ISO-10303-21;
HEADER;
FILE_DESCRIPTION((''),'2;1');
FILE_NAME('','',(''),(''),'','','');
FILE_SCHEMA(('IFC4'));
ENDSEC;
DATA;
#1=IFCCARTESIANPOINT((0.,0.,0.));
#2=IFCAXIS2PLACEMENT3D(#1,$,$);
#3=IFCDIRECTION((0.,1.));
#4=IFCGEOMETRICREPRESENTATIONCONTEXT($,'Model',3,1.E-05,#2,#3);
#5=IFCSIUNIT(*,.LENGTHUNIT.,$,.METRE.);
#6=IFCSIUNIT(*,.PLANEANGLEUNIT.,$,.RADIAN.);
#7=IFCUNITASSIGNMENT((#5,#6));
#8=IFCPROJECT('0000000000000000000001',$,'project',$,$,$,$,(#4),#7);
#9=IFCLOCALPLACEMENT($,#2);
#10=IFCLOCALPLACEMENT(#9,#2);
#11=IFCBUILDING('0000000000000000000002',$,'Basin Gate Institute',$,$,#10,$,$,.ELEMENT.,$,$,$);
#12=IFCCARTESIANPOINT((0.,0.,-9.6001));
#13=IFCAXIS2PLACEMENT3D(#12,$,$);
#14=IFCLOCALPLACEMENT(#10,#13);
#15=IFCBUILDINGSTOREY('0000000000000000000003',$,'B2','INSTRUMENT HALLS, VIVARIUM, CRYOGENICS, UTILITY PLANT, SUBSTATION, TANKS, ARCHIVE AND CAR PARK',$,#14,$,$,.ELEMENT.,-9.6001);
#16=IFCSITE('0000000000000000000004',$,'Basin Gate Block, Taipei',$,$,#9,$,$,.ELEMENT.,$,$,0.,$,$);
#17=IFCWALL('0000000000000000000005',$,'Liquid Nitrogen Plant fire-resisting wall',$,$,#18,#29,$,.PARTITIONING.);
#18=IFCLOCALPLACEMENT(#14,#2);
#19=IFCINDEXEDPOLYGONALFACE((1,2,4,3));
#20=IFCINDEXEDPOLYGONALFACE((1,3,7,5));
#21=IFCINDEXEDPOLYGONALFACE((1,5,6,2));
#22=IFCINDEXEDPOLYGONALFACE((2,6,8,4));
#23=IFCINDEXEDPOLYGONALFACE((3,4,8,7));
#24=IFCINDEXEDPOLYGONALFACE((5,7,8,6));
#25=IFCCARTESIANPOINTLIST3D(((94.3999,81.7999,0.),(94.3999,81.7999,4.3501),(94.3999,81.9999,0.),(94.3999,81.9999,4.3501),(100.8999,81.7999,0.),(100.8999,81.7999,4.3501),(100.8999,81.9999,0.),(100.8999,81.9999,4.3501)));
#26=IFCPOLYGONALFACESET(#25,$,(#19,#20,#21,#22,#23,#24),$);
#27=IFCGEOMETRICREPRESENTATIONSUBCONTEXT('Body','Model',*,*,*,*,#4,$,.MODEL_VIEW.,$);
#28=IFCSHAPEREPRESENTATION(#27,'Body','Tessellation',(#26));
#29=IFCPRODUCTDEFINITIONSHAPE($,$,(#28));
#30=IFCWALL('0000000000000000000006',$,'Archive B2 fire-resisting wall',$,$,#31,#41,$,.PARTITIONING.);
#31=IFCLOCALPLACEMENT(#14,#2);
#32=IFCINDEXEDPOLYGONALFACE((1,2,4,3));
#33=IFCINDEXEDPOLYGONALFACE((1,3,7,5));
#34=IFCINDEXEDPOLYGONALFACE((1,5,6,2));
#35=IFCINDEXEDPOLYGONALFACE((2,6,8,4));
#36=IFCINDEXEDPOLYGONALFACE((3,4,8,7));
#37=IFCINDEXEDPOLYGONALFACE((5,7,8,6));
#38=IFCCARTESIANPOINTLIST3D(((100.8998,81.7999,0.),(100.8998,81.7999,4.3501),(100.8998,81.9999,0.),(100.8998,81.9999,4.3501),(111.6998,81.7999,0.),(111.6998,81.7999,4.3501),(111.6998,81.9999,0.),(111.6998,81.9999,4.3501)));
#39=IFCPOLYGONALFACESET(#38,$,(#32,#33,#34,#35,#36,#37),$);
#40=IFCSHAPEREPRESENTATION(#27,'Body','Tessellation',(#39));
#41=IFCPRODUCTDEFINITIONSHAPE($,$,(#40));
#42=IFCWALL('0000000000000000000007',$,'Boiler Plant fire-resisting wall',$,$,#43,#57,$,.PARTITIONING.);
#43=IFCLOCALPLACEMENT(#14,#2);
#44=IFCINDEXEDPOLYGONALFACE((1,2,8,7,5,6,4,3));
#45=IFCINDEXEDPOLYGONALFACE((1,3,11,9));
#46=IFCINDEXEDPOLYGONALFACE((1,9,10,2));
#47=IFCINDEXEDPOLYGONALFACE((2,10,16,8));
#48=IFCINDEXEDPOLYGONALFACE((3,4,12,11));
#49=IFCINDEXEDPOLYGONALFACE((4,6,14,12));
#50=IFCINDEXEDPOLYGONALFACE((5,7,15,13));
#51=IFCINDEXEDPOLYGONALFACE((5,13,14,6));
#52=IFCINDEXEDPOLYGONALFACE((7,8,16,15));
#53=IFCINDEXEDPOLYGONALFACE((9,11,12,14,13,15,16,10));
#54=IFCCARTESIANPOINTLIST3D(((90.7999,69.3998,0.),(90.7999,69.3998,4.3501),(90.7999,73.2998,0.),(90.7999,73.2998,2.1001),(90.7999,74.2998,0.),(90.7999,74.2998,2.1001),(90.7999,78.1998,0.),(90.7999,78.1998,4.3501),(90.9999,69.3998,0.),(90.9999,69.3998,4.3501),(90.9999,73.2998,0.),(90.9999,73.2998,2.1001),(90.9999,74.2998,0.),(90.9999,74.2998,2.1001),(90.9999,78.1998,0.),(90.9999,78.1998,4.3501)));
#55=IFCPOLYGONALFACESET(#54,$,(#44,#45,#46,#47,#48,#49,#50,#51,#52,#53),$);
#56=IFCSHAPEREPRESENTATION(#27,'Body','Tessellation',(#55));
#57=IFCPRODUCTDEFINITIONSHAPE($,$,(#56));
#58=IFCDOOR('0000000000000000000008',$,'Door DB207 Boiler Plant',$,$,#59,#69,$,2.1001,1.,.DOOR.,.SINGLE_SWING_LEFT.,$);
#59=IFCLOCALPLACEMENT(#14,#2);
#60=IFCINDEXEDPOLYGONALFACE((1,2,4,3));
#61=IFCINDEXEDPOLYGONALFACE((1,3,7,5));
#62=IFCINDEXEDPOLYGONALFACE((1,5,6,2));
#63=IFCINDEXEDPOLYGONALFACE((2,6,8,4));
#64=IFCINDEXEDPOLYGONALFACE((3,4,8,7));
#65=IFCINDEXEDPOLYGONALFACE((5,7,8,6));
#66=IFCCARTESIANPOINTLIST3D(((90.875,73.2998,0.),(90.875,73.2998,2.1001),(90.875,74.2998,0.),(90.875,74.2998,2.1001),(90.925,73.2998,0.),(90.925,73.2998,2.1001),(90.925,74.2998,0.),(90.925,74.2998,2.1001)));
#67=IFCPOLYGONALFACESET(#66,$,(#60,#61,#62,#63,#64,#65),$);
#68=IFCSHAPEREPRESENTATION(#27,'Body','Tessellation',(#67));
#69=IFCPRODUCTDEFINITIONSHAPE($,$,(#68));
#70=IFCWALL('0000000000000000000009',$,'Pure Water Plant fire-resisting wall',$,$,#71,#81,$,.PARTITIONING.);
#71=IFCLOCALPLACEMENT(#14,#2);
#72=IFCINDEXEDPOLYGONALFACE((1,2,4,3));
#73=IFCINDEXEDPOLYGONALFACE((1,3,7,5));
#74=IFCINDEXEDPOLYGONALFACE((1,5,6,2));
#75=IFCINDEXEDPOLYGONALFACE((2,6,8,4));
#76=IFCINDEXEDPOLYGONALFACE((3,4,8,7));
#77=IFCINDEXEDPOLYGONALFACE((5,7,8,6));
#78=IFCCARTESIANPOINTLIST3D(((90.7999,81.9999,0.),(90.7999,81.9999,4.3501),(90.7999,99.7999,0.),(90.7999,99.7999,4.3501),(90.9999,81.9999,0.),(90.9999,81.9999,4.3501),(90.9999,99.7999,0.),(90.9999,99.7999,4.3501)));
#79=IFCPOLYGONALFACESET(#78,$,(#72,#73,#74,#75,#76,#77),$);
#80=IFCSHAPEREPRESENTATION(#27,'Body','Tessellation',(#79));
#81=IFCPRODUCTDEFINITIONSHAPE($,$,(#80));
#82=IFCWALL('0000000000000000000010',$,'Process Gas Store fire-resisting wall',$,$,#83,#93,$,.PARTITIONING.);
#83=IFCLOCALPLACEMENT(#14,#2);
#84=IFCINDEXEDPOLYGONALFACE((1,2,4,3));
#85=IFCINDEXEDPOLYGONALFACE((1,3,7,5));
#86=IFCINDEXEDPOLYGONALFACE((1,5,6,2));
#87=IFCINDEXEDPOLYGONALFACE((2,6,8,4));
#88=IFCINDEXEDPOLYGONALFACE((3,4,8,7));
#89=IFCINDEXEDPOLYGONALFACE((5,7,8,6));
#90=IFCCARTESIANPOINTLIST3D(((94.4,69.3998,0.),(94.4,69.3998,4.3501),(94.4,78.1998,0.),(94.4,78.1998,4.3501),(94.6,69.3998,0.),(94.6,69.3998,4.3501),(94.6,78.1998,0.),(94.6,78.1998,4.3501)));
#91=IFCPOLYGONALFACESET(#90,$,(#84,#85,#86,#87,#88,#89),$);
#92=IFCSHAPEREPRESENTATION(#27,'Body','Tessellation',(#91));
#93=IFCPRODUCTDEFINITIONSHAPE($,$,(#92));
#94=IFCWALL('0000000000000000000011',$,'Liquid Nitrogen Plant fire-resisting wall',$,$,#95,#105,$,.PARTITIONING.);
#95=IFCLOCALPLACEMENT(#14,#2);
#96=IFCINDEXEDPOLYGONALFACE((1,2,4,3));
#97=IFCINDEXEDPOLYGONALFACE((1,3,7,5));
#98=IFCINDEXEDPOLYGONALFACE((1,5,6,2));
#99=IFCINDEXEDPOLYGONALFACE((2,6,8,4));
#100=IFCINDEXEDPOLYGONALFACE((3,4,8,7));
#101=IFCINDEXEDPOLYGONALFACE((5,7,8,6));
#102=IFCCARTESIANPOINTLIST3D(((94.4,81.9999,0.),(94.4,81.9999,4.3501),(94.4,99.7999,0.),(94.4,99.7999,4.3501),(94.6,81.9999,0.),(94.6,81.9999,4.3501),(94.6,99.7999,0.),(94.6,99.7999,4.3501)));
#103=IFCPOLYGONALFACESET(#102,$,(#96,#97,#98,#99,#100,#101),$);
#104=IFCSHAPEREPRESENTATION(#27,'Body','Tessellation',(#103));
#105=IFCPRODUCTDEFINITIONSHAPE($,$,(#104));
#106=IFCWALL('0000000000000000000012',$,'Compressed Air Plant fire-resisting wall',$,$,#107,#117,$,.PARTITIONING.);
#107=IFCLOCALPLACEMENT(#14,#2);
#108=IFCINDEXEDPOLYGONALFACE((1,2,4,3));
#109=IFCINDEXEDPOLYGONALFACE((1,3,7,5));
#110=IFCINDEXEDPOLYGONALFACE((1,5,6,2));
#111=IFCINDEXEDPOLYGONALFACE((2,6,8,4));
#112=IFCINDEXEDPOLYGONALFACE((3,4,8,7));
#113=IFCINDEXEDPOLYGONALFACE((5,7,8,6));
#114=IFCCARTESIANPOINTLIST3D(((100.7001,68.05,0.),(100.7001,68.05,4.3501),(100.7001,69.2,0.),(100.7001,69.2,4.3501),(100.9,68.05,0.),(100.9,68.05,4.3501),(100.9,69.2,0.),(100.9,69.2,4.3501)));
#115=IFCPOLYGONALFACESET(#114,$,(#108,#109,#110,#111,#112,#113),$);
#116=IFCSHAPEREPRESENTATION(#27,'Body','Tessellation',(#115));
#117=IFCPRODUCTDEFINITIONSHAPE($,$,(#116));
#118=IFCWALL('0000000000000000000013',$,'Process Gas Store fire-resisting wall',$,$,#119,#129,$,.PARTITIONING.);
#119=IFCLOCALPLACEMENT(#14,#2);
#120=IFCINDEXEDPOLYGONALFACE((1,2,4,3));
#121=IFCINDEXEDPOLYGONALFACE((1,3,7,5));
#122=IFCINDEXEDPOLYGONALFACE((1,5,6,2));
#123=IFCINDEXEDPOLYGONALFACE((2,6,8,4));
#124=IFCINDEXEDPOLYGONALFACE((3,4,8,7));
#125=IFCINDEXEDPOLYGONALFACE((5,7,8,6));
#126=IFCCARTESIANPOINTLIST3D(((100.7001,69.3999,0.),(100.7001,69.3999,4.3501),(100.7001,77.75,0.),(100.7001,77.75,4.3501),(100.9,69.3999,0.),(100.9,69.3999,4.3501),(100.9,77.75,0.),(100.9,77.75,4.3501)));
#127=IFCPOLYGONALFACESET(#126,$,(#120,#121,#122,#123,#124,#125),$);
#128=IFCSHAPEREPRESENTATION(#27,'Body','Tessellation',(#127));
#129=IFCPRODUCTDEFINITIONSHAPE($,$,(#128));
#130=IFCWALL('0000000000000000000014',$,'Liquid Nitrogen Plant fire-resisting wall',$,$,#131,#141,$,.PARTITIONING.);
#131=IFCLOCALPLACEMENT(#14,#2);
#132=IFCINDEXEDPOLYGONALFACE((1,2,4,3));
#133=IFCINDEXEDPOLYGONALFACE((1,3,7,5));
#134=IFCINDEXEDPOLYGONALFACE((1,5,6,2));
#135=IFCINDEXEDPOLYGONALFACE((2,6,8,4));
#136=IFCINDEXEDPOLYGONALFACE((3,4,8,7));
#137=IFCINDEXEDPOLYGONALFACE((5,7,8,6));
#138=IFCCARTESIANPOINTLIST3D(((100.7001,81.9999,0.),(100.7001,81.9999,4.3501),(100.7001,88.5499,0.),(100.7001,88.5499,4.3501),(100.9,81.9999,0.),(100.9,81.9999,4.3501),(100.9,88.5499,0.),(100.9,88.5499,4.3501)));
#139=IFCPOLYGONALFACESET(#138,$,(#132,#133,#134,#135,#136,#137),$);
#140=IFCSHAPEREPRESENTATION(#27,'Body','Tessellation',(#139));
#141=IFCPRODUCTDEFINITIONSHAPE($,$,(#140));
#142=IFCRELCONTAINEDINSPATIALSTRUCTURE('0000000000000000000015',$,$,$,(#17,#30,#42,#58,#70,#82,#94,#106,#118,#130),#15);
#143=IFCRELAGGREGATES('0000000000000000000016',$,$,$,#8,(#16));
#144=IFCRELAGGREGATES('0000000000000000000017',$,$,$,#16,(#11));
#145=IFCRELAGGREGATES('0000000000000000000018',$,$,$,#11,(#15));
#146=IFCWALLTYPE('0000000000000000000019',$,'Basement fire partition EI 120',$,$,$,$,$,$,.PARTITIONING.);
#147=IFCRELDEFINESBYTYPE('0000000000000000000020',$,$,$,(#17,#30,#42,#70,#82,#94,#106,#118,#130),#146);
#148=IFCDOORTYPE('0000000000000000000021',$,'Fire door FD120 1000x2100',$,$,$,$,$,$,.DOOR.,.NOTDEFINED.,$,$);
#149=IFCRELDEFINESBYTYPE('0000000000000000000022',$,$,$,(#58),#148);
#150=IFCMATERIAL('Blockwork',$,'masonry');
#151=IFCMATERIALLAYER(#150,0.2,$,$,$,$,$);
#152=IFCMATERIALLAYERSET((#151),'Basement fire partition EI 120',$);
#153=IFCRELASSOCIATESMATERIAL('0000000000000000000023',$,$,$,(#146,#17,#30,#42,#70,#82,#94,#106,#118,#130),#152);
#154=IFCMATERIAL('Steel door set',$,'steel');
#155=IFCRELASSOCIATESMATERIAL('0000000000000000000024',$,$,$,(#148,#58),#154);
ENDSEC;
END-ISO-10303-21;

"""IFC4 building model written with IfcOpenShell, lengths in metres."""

from ifc_helpers import new_model, si_unit, direction, frame, frame_2d, origin, place, context, subcontext, project, spatial, rectangle, extrude, material, layer, layer_set, type_object, element, fill, save


model = new_model("IFC4")

# Units and contexts
model_context = context("Model", 3, precision=1e-05, world=origin(), true_north=direction((0.0, 1.0)))
body_context = subcontext(model_context, "Body", "Model", "MODEL_VIEW")
ifc_project = project(units=[si_unit("LENGTHUNIT", "METRE"), si_unit("PLANEANGLEUNIT", "RADIAN")], contexts=[model_context])

# Site, building, storey
site_placement = place(None, origin())
site = spatial("IfcSite", under=ifc_project, at=site_placement, Name="Basin Gate Block, Taipei", CompositionType="ELEMENT", RefElevation=0.0)
building_placement = place(site_placement, origin())
building = spatial("IfcBuilding", under=site, at=building_placement, Name="Basin Gate Institute", CompositionType="ELEMENT")
storey_placement = place(building_placement, frame((0.0, 0.0, -9.6001)))
storey = spatial("IfcBuildingStorey", under=building, at=storey_placement, Name="B2", Description="INSTRUMENT HALLS, VIVARIUM, CRYOGENICS, UTILITY PLANT, SUBSTATION, TANKS, ARCHIVE AND CAR PARK", CompositionType="ELEMENT", Elevation=-9.6001)

# Shared definitions
ifc_material_1 = material(Name="Blockwork", Category="masonry")
ifc_layer = layer(ifc_material_1, 0.2)
ifc_layer_set = layer_set([ifc_layer], Name="Basement fire partition EI 120")
wall_type = type_object("IfcWallType", Name="Basement fire partition EI 120", PredefinedType="PARTITIONING", material=ifc_layer_set)

# Shared definitions
ifc_material_2 = material(Name="Steel door set", Category="steel")
door_type = type_object("IfcDoorType", Name="Fire door FD120 1000x2100", OperationType="NOTDEFINED", PredefinedType="DOOR", material=ifc_material_2)

# Walls
wall_1_placement = place(storey_placement, frame((94.3999, 81.8999, 0.0), z_axis=(0.0, 0.0, 1.0), x_axis=(1.0, 0.0, 0.0)))
element("IfcWall", 1, at=wall_1_placement, inside=storey, type_object=wall_type, material=ifc_layer_set, Name="Liquid Nitrogen Plant fire-resisting wall", PredefinedType="PARTITIONING", context=body_context, shape_type="SweptSolid", body=[
    extrude(rectangle(XDim=6.5, YDim=0.2, at=frame_2d((3.25, 0.0))), origin(), (0.0, 0.0, 1.0), 4.3501),
])
wall_2_placement = place(storey_placement, frame((100.8999, 81.8999, 0.0), z_axis=(0.0, 0.0, 1.0), x_axis=(1.0, 0.0, 0.0)))
element("IfcWall", 2, at=wall_2_placement, inside=storey, type_object=wall_type, material=ifc_layer_set, Name="Archive B2 fire-resisting wall", PredefinedType="PARTITIONING", context=body_context, shape_type="SweptSolid", body=[
    extrude(rectangle(XDim=10.8, YDim=0.2, at=frame_2d((5.3999, 0.0))), origin(), (0.0, 0.0, 1.0), 4.3501),
])

# Wall, opening, door
wall_3_placement = place(storey_placement, frame((90.8999, 69.3999, 0.0), z_axis=(0.0, 0.0, 1.0), x_axis=(0.0, 1.0, 0.0)))
wall_3 = element("IfcWall", 3, at=wall_3_placement, inside=storey, type_object=wall_type, material=ifc_layer_set, Name="Boiler Plant fire-resisting wall", PredefinedType="PARTITIONING", context=body_context, shape_type="SweptSolid", body=[
    extrude(rectangle(XDim=8.8, YDim=0.2, at=frame_2d((4.3999, 0.0))), origin(), (0.0, 0.0, 1.0), 4.3501),
])
opening_1_placement = place(wall_3_placement, frame((3.8999, 0.0, 0.0)))
opening_1 = element("IfcOpeningElement", 4, at=opening_1_placement, cuts=wall_3, PredefinedType="OPENING", context=body_context, shape_type="SweptSolid", body=[
    extrude(rectangle(XDim=1.0, YDim=2.1001, at=frame_2d((0.5, 1.05))), frame((0.0, 0.1099, 0.0), z_axis=(0.0, -1.0, 0.0), x_axis=(1.0, 0.0, 0.0)), (0.0, 0.0, 1.0), 0.22),
])
door_1_placement = place(opening_1_placement, origin())
door_1 = element("IfcDoor", 5, at=door_1_placement, inside=storey, type_object=door_type, material=ifc_material_2, Name="Door DB207 Boiler Plant", OperationType="SINGLE_SWING_LEFT", OverallHeight=2.1001, OverallWidth=1.0, PredefinedType="DOOR", context=body_context, shape_type="SweptSolid", body=[
    extrude(rectangle(XDim=1.0, YDim=2.1001, at=frame_2d((0.5, 1.05))), frame((0.0, 0.0249, 0.0), z_axis=(0.0, -1.0, 0.0), x_axis=(1.0, 0.0, 0.0)), (0.0, 0.0, 1.0), 0.05),
])
fill(opening_1, door_1)

# Walls
wall_4_placement = place(storey_placement, frame((90.8999, 82.0, 0.0), z_axis=(0.0, 0.0, 1.0), x_axis=(0.0, 1.0, 0.0)))
element("IfcWall", 6, at=wall_4_placement, inside=storey, type_object=wall_type, material=ifc_layer_set, Name="Pure Water Plant fire-resisting wall", PredefinedType="PARTITIONING", context=body_context, shape_type="SweptSolid", body=[
    extrude(rectangle(XDim=17.8, YDim=0.2, at=frame_2d((8.8999, 0.0))), origin(), (0.0, 0.0, 1.0), 4.3501),
])
wall_5_placement = place(storey_placement, frame((94.5, 69.3999, 0.0), z_axis=(0.0, 0.0, 1.0), x_axis=(0.0, 1.0, 0.0)))
element("IfcWall", 7, at=wall_5_placement, inside=storey, type_object=wall_type, material=ifc_layer_set, Name="Process Gas Store fire-resisting wall", PredefinedType="PARTITIONING", context=body_context, shape_type="SweptSolid", body=[
    extrude(rectangle(XDim=8.8, YDim=0.2, at=frame_2d((4.3999, 0.0))), origin(), (0.0, 0.0, 1.0), 4.3501),
])
wall_6_placement = place(storey_placement, frame((94.5, 82.0, 0.0), z_axis=(0.0, 0.0, 1.0), x_axis=(0.0, 1.0, 0.0)))
element("IfcWall", 8, at=wall_6_placement, inside=storey, type_object=wall_type, material=ifc_layer_set, Name="Liquid Nitrogen Plant fire-resisting wall", PredefinedType="PARTITIONING", context=body_context, shape_type="SweptSolid", body=[
    extrude(rectangle(XDim=17.8, YDim=0.2, at=frame_2d((8.8999, 0.0))), origin(), (0.0, 0.0, 1.0), 4.3501),
])
wall_7_placement = place(storey_placement, frame((100.8, 68.05, 0.0), z_axis=(0.0, 0.0, 1.0), x_axis=(0.0, 1.0, 0.0)))
element("IfcWall", 9, at=wall_7_placement, inside=storey, type_object=wall_type, material=ifc_layer_set, Name="Compressed Air Plant fire-resisting wall", PredefinedType="PARTITIONING", context=body_context, shape_type="SweptSolid", body=[
    extrude(rectangle(XDim=1.1499, YDim=0.2, at=frame_2d((0.575, 0.0))), origin(), (0.0, 0.0, 1.0), 4.3501),
])
wall_8_placement = place(storey_placement, frame((100.8, 69.3999, 0.0), z_axis=(0.0, 0.0, 1.0), x_axis=(0.0, 1.0, 0.0)))
element("IfcWall", 10, at=wall_8_placement, inside=storey, type_object=wall_type, material=ifc_layer_set, Name="Process Gas Store fire-resisting wall", PredefinedType="PARTITIONING", context=body_context, shape_type="SweptSolid", body=[
    extrude(rectangle(XDim=8.3501, YDim=0.2, at=frame_2d((4.175, 0.0))), origin(), (0.0, 0.0, 1.0), 4.3501),
])
wall_9_placement = place(storey_placement, frame((100.8, 82.0, 0.0), z_axis=(0.0, 0.0, 1.0), x_axis=(0.0, 1.0, 0.0)))
element("IfcWall", 11, at=wall_9_placement, inside=storey, type_object=wall_type, material=ifc_layer_set, Name="Liquid Nitrogen Plant fire-resisting wall", PredefinedType="PARTITIONING", context=body_context, shape_type="SweptSolid", body=[
    extrude(rectangle(XDim=6.55, YDim=0.2, at=frame_2d((3.2749, 0.0))), origin(), (0.0, 0.0, 1.0), 4.3501),
])

save(model, "model.ifc")
